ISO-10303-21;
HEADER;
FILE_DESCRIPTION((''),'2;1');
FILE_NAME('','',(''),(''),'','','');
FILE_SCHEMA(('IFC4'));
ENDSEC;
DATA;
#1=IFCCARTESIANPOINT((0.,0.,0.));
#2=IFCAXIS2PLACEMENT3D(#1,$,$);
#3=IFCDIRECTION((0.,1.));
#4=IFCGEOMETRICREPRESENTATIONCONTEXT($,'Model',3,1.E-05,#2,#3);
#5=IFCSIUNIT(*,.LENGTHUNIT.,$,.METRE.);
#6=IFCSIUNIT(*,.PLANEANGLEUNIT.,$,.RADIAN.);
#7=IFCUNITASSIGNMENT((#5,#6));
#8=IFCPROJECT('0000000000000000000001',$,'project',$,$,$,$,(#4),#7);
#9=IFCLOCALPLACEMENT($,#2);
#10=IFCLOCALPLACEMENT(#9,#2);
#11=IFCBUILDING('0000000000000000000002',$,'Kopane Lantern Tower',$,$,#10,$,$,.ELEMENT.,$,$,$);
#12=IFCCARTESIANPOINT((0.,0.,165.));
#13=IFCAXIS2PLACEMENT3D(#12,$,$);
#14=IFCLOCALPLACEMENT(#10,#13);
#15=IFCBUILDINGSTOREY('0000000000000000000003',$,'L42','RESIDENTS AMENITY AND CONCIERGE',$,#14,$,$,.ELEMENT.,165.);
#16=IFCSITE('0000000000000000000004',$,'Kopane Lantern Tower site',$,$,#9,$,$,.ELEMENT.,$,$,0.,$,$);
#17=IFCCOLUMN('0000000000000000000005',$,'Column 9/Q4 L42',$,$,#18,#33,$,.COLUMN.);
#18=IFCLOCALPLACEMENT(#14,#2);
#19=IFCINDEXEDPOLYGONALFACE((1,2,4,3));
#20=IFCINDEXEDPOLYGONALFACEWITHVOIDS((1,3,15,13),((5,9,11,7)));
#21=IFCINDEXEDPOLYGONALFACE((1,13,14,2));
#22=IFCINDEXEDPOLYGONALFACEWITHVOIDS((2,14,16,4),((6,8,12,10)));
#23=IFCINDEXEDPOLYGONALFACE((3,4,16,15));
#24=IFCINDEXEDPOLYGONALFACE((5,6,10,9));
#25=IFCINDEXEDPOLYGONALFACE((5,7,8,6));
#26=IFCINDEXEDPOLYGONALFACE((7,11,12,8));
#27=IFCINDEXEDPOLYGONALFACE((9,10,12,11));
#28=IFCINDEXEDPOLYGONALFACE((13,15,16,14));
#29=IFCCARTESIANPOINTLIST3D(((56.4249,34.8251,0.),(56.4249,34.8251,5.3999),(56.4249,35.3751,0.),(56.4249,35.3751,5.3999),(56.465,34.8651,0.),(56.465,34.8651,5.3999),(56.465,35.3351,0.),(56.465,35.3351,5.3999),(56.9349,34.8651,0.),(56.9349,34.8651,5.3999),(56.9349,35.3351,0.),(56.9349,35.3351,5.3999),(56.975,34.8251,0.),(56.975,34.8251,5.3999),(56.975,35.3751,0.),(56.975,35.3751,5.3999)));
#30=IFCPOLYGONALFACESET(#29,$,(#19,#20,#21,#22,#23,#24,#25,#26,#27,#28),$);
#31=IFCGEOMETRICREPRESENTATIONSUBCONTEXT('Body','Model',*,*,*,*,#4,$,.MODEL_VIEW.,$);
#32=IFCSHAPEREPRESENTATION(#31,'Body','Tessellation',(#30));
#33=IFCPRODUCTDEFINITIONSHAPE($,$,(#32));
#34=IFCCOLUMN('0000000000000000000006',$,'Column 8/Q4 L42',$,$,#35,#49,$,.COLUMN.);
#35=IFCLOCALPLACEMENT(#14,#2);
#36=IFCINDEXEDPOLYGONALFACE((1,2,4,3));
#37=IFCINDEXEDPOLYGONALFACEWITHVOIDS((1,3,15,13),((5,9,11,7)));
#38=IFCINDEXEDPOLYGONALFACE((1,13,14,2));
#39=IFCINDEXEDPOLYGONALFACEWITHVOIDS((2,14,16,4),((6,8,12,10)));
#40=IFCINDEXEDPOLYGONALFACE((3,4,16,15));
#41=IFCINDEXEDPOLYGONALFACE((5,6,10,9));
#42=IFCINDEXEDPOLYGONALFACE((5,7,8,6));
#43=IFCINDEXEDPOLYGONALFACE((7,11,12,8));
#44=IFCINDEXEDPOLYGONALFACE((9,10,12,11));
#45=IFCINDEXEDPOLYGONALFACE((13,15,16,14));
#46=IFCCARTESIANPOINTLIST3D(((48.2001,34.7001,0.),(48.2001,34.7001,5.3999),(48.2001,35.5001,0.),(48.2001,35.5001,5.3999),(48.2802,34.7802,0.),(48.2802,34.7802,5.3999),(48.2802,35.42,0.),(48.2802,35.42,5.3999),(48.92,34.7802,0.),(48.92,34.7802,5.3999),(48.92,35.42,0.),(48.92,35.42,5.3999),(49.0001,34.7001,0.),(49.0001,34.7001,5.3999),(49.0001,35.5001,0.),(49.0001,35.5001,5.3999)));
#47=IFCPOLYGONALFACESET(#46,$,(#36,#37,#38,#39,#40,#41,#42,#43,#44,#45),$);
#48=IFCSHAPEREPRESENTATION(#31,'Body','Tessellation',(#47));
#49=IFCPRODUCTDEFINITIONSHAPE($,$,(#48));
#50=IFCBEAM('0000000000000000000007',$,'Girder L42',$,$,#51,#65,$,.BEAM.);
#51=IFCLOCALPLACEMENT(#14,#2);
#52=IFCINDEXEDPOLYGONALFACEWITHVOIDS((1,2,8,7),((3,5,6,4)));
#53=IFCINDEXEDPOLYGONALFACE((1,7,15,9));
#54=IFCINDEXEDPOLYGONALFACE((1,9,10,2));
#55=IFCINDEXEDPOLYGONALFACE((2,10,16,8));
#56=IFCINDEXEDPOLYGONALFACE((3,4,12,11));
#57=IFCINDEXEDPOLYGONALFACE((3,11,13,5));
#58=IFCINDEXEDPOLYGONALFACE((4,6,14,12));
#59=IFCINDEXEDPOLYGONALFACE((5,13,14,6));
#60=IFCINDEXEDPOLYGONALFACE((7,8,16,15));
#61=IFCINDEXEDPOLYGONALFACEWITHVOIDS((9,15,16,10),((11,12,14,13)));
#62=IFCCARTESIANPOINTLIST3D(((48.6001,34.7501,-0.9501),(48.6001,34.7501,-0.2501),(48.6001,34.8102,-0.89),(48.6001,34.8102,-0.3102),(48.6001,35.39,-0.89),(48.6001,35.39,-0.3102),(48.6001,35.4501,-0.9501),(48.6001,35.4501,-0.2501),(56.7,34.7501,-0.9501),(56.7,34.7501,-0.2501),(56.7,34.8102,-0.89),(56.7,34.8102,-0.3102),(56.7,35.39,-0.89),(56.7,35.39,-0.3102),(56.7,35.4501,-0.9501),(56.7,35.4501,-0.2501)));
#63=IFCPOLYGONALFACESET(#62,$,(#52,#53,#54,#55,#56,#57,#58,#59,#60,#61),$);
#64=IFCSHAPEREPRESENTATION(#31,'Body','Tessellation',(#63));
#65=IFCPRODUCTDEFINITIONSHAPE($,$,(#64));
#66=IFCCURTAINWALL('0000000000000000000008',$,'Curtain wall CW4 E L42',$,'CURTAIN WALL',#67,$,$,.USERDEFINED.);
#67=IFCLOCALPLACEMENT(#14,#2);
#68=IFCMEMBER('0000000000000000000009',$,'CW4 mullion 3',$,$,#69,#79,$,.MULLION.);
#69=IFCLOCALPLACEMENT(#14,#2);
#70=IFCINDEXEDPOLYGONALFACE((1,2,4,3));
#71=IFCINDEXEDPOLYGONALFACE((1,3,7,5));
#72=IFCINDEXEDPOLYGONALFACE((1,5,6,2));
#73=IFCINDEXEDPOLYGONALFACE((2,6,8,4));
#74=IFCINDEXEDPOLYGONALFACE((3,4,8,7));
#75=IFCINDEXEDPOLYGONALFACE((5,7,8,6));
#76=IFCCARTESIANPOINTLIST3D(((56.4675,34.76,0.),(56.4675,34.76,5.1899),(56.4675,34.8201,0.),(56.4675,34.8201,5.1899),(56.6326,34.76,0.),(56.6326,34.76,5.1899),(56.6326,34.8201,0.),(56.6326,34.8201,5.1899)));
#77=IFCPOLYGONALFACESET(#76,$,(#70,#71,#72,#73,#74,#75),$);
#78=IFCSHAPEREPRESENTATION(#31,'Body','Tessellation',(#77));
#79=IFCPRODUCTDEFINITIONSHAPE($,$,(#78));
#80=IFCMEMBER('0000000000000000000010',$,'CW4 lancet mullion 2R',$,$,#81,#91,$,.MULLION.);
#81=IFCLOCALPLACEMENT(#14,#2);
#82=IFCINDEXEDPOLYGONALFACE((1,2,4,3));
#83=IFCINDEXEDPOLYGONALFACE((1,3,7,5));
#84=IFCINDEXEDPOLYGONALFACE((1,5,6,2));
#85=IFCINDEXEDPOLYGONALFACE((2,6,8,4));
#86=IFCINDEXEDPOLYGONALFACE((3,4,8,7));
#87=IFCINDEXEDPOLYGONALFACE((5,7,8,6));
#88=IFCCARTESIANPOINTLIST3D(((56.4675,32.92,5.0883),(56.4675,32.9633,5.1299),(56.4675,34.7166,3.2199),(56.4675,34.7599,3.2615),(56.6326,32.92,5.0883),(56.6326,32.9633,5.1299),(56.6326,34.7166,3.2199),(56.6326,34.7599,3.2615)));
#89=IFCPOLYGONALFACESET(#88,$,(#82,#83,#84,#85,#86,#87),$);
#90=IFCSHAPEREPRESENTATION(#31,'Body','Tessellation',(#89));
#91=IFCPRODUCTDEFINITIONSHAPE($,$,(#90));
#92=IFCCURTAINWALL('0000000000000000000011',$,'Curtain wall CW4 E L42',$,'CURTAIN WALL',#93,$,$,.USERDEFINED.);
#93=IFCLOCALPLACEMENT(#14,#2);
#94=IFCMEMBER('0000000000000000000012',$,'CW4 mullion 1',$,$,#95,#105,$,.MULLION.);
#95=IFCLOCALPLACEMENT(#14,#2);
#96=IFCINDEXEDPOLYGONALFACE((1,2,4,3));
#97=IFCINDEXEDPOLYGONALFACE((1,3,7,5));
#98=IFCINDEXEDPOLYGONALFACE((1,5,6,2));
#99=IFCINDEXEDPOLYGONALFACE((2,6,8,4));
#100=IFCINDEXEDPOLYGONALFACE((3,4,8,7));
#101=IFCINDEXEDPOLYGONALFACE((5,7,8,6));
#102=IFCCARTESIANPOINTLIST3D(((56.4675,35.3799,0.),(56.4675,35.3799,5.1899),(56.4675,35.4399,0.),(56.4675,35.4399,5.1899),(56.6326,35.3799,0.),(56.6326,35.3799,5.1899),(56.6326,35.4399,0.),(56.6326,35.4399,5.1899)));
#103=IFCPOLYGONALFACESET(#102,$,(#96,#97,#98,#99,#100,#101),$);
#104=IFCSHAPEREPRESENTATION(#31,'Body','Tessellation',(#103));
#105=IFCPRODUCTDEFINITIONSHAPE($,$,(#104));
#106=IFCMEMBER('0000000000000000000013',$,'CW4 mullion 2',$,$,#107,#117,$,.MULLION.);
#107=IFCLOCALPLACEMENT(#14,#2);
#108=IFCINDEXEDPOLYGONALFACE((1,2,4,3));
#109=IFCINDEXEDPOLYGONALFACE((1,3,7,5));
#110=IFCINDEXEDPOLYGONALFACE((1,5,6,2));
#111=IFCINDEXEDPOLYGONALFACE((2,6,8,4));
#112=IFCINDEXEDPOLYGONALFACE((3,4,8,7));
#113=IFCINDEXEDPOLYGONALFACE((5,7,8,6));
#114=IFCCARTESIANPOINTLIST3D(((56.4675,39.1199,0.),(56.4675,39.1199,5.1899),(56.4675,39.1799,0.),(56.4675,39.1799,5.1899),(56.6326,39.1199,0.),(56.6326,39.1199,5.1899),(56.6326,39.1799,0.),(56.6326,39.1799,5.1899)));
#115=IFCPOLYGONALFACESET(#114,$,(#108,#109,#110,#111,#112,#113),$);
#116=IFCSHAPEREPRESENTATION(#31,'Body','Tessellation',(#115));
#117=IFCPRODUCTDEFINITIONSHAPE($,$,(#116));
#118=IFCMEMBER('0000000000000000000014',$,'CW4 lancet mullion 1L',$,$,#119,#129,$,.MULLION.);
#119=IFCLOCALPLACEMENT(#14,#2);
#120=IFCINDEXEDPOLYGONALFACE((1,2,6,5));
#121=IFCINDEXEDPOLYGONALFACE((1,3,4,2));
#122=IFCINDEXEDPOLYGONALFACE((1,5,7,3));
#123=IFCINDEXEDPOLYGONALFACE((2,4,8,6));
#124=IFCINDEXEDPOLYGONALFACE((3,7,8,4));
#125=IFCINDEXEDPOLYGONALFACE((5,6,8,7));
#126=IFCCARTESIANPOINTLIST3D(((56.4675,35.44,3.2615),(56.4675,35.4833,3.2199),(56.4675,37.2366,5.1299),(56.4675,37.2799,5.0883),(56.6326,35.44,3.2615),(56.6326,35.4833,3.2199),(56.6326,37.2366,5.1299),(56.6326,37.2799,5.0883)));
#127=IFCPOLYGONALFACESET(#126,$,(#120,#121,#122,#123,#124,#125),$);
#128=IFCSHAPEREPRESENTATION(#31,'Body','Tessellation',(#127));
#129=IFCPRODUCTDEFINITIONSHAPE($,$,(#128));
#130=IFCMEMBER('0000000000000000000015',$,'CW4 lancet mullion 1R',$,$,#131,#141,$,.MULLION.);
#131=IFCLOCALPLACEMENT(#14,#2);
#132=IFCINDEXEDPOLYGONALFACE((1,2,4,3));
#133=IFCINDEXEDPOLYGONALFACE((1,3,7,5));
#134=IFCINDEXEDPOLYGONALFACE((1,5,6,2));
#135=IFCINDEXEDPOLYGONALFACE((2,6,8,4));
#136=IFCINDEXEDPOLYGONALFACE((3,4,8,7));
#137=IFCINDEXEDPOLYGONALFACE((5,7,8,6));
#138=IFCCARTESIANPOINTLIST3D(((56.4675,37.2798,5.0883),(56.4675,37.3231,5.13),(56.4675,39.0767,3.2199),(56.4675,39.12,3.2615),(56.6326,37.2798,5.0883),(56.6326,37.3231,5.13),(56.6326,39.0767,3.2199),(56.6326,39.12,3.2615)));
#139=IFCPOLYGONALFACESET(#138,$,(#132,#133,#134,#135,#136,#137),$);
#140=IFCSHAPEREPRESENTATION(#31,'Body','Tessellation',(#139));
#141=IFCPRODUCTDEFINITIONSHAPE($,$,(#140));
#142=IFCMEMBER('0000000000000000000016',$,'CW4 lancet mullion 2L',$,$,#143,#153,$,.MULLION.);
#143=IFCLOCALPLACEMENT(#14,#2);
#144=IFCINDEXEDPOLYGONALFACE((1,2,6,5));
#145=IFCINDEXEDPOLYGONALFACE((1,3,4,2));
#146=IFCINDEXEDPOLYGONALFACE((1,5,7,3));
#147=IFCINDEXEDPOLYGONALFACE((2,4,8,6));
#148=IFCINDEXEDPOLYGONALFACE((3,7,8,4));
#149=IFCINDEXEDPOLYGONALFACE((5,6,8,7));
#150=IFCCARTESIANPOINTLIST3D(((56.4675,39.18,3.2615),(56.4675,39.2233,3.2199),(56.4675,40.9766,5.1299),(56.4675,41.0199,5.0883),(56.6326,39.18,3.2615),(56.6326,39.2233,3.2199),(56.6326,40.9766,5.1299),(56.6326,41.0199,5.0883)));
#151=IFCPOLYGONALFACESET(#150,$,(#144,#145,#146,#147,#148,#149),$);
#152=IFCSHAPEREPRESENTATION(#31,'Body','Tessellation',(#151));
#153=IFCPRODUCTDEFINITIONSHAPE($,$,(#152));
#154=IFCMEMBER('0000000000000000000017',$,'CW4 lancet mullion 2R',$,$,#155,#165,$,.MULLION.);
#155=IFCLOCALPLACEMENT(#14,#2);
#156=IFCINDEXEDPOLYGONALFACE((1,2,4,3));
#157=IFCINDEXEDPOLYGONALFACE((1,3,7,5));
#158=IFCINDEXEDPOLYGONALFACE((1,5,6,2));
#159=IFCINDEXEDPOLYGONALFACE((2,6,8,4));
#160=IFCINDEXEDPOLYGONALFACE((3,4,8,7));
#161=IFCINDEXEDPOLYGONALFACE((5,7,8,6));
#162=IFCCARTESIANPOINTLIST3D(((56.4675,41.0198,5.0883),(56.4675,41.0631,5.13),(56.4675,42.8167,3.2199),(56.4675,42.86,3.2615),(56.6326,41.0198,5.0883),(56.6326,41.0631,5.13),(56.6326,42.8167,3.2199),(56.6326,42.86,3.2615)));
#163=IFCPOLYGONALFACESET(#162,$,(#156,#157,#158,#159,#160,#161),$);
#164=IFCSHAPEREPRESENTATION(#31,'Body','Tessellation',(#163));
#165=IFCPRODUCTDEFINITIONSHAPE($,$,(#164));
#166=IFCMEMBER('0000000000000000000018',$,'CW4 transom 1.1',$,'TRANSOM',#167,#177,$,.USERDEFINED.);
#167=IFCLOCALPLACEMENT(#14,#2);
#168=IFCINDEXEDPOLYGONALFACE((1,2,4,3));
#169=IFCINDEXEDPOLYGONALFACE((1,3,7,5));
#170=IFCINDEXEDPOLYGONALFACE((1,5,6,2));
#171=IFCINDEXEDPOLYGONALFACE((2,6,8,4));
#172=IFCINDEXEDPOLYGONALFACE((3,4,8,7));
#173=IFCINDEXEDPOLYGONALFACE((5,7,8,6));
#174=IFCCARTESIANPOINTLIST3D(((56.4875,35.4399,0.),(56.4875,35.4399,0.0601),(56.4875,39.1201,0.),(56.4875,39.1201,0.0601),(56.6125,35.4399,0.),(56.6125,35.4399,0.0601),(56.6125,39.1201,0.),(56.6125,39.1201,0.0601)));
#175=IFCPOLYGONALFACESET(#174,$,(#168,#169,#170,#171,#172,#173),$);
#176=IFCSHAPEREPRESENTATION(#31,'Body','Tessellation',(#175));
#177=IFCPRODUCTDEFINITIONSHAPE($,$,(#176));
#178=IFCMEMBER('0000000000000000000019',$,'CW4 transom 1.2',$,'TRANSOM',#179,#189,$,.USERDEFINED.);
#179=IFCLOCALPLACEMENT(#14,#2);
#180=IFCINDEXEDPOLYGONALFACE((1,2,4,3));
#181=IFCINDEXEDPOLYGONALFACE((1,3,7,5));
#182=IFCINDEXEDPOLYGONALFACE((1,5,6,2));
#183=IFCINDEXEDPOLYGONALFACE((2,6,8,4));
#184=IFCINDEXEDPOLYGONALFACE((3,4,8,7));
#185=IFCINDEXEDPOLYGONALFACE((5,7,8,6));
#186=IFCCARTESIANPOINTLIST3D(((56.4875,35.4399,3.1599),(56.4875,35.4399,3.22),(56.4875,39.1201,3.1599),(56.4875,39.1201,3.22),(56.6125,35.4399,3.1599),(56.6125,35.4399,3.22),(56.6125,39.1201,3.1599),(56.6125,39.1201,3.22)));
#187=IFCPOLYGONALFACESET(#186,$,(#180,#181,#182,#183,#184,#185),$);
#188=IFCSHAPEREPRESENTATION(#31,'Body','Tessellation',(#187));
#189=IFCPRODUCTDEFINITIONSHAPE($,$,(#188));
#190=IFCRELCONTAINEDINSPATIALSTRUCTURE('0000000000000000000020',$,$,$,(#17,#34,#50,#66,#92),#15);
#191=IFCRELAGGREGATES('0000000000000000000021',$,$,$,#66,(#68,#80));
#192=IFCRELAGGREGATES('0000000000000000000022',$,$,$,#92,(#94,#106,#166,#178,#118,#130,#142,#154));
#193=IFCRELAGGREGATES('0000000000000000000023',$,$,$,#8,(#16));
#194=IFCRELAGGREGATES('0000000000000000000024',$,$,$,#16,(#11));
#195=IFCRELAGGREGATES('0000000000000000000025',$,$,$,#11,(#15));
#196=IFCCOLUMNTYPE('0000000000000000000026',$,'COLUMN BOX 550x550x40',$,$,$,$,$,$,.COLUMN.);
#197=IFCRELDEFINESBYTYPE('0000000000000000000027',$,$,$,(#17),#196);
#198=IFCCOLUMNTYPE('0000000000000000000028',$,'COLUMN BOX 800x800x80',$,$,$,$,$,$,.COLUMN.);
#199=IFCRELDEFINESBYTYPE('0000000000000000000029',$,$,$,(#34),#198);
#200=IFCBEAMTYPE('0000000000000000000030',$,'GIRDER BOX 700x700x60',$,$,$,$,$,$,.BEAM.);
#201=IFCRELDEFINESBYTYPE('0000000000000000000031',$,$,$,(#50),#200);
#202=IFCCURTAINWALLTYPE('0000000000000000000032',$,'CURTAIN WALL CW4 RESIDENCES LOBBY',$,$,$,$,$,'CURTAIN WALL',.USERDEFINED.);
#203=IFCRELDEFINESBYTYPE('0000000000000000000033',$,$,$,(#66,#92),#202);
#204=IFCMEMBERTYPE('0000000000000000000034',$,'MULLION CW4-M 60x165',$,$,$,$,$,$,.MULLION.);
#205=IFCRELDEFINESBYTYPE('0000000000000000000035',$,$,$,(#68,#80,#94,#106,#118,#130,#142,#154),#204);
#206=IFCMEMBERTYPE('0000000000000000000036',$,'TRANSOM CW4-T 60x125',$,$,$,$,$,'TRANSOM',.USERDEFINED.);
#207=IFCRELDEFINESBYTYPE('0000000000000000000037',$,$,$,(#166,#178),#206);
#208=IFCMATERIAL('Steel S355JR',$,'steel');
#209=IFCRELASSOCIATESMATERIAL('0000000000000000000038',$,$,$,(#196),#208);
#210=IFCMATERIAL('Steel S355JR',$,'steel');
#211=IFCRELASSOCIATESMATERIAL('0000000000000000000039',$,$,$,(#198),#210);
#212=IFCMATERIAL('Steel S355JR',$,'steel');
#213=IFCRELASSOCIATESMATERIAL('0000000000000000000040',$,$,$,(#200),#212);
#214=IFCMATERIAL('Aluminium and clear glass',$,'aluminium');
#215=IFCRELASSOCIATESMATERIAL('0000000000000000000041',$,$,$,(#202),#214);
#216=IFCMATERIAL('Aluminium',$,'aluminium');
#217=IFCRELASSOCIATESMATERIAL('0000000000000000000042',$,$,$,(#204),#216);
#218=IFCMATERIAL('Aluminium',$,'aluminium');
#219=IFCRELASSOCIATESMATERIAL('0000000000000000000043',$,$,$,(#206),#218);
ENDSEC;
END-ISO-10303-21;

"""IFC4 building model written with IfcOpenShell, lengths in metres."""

from ifc_helpers import new_model, si_unit, direction, frame, origin, origin_2d, place, context, subcontext, project, spatial, rectangle, hollow_rectangle, extrude, material, material_profile, profile_set, type_object, element, aggregate, save


model = new_model("IFC4")

# Units and contexts
model_context = context("Model", 3, precision=1e-05, world=origin(), true_north=direction((0.0, 1.0)))
body_context = subcontext(model_context, "Body", "Model", "MODEL_VIEW")
ifc_project = project(units=[si_unit("LENGTHUNIT", "METRE"), si_unit("PLANEANGLEUNIT", "RADIAN")], contexts=[model_context])

# Site, building, storey
site_placement = place(None, origin())
site = spatial("IfcSite", under=ifc_project, at=site_placement, Name="Kopane Lantern Tower site", CompositionType="ELEMENT", RefElevation=0.0)
building_placement = place(site_placement, origin())
building = spatial("IfcBuilding", under=site, at=building_placement, Name="Kopane Lantern Tower", CompositionType="ELEMENT")
storey_placement = place(building_placement, frame((0.0, 0.0, 165.0)))
storey = spatial("IfcBuildingStorey", under=building, at=storey_placement, Name="L42", Description="RESIDENTS AMENITY AND CONCIERGE", CompositionType="ELEMENT", Elevation=165.0)

# Columns
ifc_material_1 = material(Name="Steel S355JR", Category="steel")
ifc_material_profile_1 = material_profile(ifc_material_1, hollow_rectangle(XDim=0.55, YDim=0.55, WallThickness=0.04, at=origin_2d()), Name="BOX 550x550x40")
ifc_profile_set_1 = profile_set([ifc_material_profile_1], Name="Steel S355JR")
column_type_1 = type_object("IfcColumnType", Name="COLUMN BOX 550x550x40", PredefinedType="COLUMN", material=ifc_profile_set_1)
column_1_placement = place(storey_placement, frame((56.7, 35.1001, 0.0), z_axis=(0.0, 0.0, 1.0), x_axis=(1.0, 0.0, 0.0)))
element("IfcColumn", 1, at=column_1_placement, inside=storey, type_object=column_type_1, Name="Column 9/Q4 L42", PredefinedType="COLUMN", context=body_context, shape_type="SweptSolid", body=[
    extrude(hollow_rectangle(XDim=0.55, YDim=0.55, WallThickness=0.04, at=origin_2d()), origin(), (0.0, 0.0, 1.0), 5.3999),
])
ifc_material_2 = material(Name="Steel S355JR", Category="steel")
ifc_material_profile_2 = material_profile(ifc_material_2, hollow_rectangle(XDim=0.8, YDim=0.8, WallThickness=0.0801, at=origin_2d()), Name="BOX 800x800x80")
ifc_profile_set_2 = profile_set([ifc_material_profile_2], Name="Steel S355JR")
column_type_2 = type_object("IfcColumnType", Name="COLUMN BOX 800x800x80", PredefinedType="COLUMN", material=ifc_profile_set_2)
column_2_placement = place(storey_placement, frame((48.6001, 35.1001, 0.0), z_axis=(0.0, 0.0, 1.0), x_axis=(1.0, 0.0, 0.0)))
element("IfcColumn", 2, at=column_2_placement, inside=storey, type_object=column_type_2, Name="Column 8/Q4 L42", PredefinedType="COLUMN", context=body_context, shape_type="SweptSolid", body=[
    extrude(hollow_rectangle(XDim=0.8, YDim=0.8, WallThickness=0.0801, at=origin_2d()), origin(), (0.0, 0.0, 1.0), 5.3999),
])

# Beam
ifc_material_3 = material(Name="Steel S355JR", Category="steel")
ifc_material_profile_3 = material_profile(ifc_material_3, hollow_rectangle(XDim=0.7, YDim=0.7, WallThickness=0.0601, at=origin_2d()), Name="BOX 700x700x60")
ifc_profile_set_3 = profile_set([ifc_material_profile_3], Name="Steel S355JR")
beam_type = type_object("IfcBeamType", Name="GIRDER BOX 700x700x60", PredefinedType="BEAM", material=ifc_profile_set_3)
beam_placement = place(storey_placement, frame((48.6001, 35.1001, -0.6001), z_axis=(1.0, 0.0, 0.0), x_axis=(0.0, 1.0, 0.0)))
element("IfcBeam", 3, at=beam_placement, inside=storey, type_object=beam_type, Name="Girder L42", PredefinedType="BEAM", context=body_context, shape_type="SweptSolid", body=[
    extrude(hollow_rectangle(XDim=0.7, YDim=0.7, WallThickness=0.0601, at=origin_2d()), origin(), (0.0, 0.0, 1.0), 8.0999),
])

# Curtain walls, members
ifc_material_4 = material(Name="Aluminium and clear glass", Category="aluminium")
curtain_wall_type = type_object("IfcCurtainWallType", Name="CURTAIN WALL CW4 RESIDENCES LOBBY", ElementType="CURTAIN WALL", PredefinedType="USERDEFINED", material=ifc_material_4)
curtain_wall_1_placement = place(storey_placement, origin())
curtain_wall_1 = element("IfcCurtainWall", 4, at=curtain_wall_1_placement, inside=storey, type_object=curtain_wall_type, Name="Curtain wall CW4 E L42", ObjectType="CURTAIN WALL", PredefinedType="USERDEFINED")
ifc_material_5 = material(Name="Aluminium", Category="aluminium")
ifc_material_profile_4 = material_profile(ifc_material_5, rectangle(XDim=0.0601, YDim=0.165, at=origin_2d()), Name="AL 60x165")
ifc_profile_set_4 = profile_set([ifc_material_profile_4], Name="Aluminium")
member_type_1 = type_object("IfcMemberType", Name="MULLION CW4-M 60x165", PredefinedType="MULLION", material=ifc_profile_set_4)
member_1_placement = place(storey_placement, frame((56.55, 34.79, 0.0), z_axis=(0.0, 0.0, 1.0), x_axis=(0.0, 1.0, 0.0)))
member_1 = element("IfcMember", 5, at=member_1_placement, type_object=member_type_1, Name="CW4 mullion 3", PredefinedType="MULLION", context=body_context, shape_type="SweptSolid", body=[
    extrude(rectangle(XDim=0.0601, YDim=0.165, at=origin_2d()), origin(), (0.0, 0.0, 1.0), 5.1899),
])
member_2_placement = place(storey_placement, frame((56.55, 34.7383, 3.2407), z_axis=(0.0, -0.693126, 0.720817), x_axis=(0.0, 0.720817, 0.693126)))
member_2 = element("IfcMember", 6, at=member_2_placement, type_object=member_type_1, Name="CW4 lancet mullion 2R", PredefinedType="MULLION", context=body_context, shape_type="SweptSolid", body=[
    extrude(rectangle(XDim=0.0601, YDim=0.165, at=origin_2d()), origin(), (0.0, 0.0, 1.0), 2.592),
])
curtain_wall_2_placement = place(storey_placement, origin())
curtain_wall_2 = element("IfcCurtainWall", 7, at=curtain_wall_2_placement, inside=storey, type_object=curtain_wall_type, Name="Curtain wall CW4 E L42", ObjectType="CURTAIN WALL", PredefinedType="USERDEFINED")
member_3_placement = place(storey_placement, frame((56.55, 35.4099, 0.0), z_axis=(0.0, 0.0, 1.0), x_axis=(0.0, 1.0, 0.0)))
member_3 = element("IfcMember", 8, at=member_3_placement, type_object=member_type_1, Name="CW4 mullion 1", PredefinedType="MULLION", context=body_context, shape_type="SweptSolid", body=[
    extrude(rectangle(XDim=0.0601, YDim=0.165, at=origin_2d()), origin(), (0.0, 0.0, 1.0), 5.1899),
])
member_4_placement = place(storey_placement, frame((56.55, 39.1499, 0.0), z_axis=(0.0, 0.0, 1.0), x_axis=(0.0, 1.0, 0.0)))
member_4 = element("IfcMember", 9, at=member_4_placement, type_object=member_type_1, Name="CW4 mullion 2", PredefinedType="MULLION", context=body_context, shape_type="SweptSolid", body=[
    extrude(rectangle(XDim=0.0601, YDim=0.165, at=origin_2d()), origin(), (0.0, 0.0, 1.0), 5.1899),
])
member_5_placement = place(storey_placement, frame((56.55, 35.4617, 3.2407), z_axis=(0.0, 0.693126, 0.720817), x_axis=(0.0, -0.720817, 0.693126)))
member_5 = element("IfcMember", 10, at=member_5_placement, type_object=member_type_1, Name="CW4 lancet mullion 1L", PredefinedType="MULLION", context=body_context, shape_type="SweptSolid", body=[
    extrude(rectangle(XDim=0.0601, YDim=0.165, at=origin_2d()), origin(), (0.0, 0.0, 1.0), 2.592),
])
member_6_placement = place(storey_placement, frame((56.55, 39.0984, 3.2407), z_axis=(0.0, -0.693175, 0.72077), x_axis=(0.0, 0.72077, 0.693175)))
member_6 = element("IfcMember", 11, at=member_6_placement, type_object=member_type_1, Name="CW4 lancet mullion 1R", PredefinedType="MULLION", context=body_context, shape_type="SweptSolid", body=[
    extrude(rectangle(XDim=0.0601, YDim=0.165, at=origin_2d()), origin(), (0.0, 0.0, 1.0), 2.5923),
])
member_7_placement = place(storey_placement, frame((56.55, 39.2017, 3.2407), z_axis=(0.0, 0.693126, 0.720817), x_axis=(0.0, -0.720817, 0.693126)))
member_7 = element("IfcMember", 12, at=member_7_placement, type_object=member_type_1, Name="CW4 lancet mullion 2L", PredefinedType="MULLION", context=body_context, shape_type="SweptSolid", body=[
    extrude(rectangle(XDim=0.0601, YDim=0.165, at=origin_2d()), origin(), (0.0, 0.0, 1.0), 2.592),
])
member_8_placement = place(storey_placement, frame((56.55, 42.8384, 3.2407), z_axis=(0.0, -0.693175, 0.72077), x_axis=(0.0, 0.72077, 0.693175)))
member_8 = element("IfcMember", 13, at=member_8_placement, type_object=member_type_1, Name="CW4 lancet mullion 2R", PredefinedType="MULLION", context=body_context, shape_type="SweptSolid", body=[
    extrude(rectangle(XDim=0.0601, YDim=0.165, at=origin_2d()), origin(), (0.0, 0.0, 1.0), 2.5923),
])
ifc_material_6 = material(Name="Aluminium", Category="aluminium")
ifc_material_profile_5 = material_profile(ifc_material_6, rectangle(XDim=0.125, YDim=0.0601, at=origin_2d()), Name="AL 125x60")
ifc_profile_set_5 = profile_set([ifc_material_profile_5], Name="Aluminium")
member_type_2 = type_object("IfcMemberType", Name="TRANSOM CW4-T 60x125", ElementType="TRANSOM", PredefinedType="USERDEFINED", material=ifc_profile_set_5)
member_9_placement = place(storey_placement, frame((56.55, 35.4399, 0.03), z_axis=(0.0, 1.0, 0.0), x_axis=(-1.0, 0.0, 0.0)))
member_9 = element("IfcMember", 14, at=member_9_placement, type_object=member_type_2, Name="CW4 transom 1.1", ObjectType="TRANSOM", PredefinedType="USERDEFINED", context=body_context, shape_type="SweptSolid", body=[
    extrude(rectangle(XDim=0.125, YDim=0.0601, at=origin_2d()), origin(), (0.0, 0.0, 1.0), 3.6802),
])
member_10_placement = place(storey_placement, frame((56.55, 35.4399, 3.1899), z_axis=(0.0, 1.0, 0.0), x_axis=(-1.0, 0.0, 0.0)))
member_10 = element("IfcMember", 15, at=member_10_placement, type_object=member_type_2, Name="CW4 transom 1.2", ObjectType="TRANSOM", PredefinedType="USERDEFINED", context=body_context, shape_type="SweptSolid", body=[
    extrude(rectangle(XDim=0.125, YDim=0.0601, at=origin_2d()), origin(), (0.0, 0.0, 1.0), 3.6802),
])

aggregate(curtain_wall_1, [member_1, member_2])
aggregate(curtain_wall_2, [member_3, member_4, member_9, member_10, member_5, member_6, member_7, member_8])

save(model, "model.ifc")
